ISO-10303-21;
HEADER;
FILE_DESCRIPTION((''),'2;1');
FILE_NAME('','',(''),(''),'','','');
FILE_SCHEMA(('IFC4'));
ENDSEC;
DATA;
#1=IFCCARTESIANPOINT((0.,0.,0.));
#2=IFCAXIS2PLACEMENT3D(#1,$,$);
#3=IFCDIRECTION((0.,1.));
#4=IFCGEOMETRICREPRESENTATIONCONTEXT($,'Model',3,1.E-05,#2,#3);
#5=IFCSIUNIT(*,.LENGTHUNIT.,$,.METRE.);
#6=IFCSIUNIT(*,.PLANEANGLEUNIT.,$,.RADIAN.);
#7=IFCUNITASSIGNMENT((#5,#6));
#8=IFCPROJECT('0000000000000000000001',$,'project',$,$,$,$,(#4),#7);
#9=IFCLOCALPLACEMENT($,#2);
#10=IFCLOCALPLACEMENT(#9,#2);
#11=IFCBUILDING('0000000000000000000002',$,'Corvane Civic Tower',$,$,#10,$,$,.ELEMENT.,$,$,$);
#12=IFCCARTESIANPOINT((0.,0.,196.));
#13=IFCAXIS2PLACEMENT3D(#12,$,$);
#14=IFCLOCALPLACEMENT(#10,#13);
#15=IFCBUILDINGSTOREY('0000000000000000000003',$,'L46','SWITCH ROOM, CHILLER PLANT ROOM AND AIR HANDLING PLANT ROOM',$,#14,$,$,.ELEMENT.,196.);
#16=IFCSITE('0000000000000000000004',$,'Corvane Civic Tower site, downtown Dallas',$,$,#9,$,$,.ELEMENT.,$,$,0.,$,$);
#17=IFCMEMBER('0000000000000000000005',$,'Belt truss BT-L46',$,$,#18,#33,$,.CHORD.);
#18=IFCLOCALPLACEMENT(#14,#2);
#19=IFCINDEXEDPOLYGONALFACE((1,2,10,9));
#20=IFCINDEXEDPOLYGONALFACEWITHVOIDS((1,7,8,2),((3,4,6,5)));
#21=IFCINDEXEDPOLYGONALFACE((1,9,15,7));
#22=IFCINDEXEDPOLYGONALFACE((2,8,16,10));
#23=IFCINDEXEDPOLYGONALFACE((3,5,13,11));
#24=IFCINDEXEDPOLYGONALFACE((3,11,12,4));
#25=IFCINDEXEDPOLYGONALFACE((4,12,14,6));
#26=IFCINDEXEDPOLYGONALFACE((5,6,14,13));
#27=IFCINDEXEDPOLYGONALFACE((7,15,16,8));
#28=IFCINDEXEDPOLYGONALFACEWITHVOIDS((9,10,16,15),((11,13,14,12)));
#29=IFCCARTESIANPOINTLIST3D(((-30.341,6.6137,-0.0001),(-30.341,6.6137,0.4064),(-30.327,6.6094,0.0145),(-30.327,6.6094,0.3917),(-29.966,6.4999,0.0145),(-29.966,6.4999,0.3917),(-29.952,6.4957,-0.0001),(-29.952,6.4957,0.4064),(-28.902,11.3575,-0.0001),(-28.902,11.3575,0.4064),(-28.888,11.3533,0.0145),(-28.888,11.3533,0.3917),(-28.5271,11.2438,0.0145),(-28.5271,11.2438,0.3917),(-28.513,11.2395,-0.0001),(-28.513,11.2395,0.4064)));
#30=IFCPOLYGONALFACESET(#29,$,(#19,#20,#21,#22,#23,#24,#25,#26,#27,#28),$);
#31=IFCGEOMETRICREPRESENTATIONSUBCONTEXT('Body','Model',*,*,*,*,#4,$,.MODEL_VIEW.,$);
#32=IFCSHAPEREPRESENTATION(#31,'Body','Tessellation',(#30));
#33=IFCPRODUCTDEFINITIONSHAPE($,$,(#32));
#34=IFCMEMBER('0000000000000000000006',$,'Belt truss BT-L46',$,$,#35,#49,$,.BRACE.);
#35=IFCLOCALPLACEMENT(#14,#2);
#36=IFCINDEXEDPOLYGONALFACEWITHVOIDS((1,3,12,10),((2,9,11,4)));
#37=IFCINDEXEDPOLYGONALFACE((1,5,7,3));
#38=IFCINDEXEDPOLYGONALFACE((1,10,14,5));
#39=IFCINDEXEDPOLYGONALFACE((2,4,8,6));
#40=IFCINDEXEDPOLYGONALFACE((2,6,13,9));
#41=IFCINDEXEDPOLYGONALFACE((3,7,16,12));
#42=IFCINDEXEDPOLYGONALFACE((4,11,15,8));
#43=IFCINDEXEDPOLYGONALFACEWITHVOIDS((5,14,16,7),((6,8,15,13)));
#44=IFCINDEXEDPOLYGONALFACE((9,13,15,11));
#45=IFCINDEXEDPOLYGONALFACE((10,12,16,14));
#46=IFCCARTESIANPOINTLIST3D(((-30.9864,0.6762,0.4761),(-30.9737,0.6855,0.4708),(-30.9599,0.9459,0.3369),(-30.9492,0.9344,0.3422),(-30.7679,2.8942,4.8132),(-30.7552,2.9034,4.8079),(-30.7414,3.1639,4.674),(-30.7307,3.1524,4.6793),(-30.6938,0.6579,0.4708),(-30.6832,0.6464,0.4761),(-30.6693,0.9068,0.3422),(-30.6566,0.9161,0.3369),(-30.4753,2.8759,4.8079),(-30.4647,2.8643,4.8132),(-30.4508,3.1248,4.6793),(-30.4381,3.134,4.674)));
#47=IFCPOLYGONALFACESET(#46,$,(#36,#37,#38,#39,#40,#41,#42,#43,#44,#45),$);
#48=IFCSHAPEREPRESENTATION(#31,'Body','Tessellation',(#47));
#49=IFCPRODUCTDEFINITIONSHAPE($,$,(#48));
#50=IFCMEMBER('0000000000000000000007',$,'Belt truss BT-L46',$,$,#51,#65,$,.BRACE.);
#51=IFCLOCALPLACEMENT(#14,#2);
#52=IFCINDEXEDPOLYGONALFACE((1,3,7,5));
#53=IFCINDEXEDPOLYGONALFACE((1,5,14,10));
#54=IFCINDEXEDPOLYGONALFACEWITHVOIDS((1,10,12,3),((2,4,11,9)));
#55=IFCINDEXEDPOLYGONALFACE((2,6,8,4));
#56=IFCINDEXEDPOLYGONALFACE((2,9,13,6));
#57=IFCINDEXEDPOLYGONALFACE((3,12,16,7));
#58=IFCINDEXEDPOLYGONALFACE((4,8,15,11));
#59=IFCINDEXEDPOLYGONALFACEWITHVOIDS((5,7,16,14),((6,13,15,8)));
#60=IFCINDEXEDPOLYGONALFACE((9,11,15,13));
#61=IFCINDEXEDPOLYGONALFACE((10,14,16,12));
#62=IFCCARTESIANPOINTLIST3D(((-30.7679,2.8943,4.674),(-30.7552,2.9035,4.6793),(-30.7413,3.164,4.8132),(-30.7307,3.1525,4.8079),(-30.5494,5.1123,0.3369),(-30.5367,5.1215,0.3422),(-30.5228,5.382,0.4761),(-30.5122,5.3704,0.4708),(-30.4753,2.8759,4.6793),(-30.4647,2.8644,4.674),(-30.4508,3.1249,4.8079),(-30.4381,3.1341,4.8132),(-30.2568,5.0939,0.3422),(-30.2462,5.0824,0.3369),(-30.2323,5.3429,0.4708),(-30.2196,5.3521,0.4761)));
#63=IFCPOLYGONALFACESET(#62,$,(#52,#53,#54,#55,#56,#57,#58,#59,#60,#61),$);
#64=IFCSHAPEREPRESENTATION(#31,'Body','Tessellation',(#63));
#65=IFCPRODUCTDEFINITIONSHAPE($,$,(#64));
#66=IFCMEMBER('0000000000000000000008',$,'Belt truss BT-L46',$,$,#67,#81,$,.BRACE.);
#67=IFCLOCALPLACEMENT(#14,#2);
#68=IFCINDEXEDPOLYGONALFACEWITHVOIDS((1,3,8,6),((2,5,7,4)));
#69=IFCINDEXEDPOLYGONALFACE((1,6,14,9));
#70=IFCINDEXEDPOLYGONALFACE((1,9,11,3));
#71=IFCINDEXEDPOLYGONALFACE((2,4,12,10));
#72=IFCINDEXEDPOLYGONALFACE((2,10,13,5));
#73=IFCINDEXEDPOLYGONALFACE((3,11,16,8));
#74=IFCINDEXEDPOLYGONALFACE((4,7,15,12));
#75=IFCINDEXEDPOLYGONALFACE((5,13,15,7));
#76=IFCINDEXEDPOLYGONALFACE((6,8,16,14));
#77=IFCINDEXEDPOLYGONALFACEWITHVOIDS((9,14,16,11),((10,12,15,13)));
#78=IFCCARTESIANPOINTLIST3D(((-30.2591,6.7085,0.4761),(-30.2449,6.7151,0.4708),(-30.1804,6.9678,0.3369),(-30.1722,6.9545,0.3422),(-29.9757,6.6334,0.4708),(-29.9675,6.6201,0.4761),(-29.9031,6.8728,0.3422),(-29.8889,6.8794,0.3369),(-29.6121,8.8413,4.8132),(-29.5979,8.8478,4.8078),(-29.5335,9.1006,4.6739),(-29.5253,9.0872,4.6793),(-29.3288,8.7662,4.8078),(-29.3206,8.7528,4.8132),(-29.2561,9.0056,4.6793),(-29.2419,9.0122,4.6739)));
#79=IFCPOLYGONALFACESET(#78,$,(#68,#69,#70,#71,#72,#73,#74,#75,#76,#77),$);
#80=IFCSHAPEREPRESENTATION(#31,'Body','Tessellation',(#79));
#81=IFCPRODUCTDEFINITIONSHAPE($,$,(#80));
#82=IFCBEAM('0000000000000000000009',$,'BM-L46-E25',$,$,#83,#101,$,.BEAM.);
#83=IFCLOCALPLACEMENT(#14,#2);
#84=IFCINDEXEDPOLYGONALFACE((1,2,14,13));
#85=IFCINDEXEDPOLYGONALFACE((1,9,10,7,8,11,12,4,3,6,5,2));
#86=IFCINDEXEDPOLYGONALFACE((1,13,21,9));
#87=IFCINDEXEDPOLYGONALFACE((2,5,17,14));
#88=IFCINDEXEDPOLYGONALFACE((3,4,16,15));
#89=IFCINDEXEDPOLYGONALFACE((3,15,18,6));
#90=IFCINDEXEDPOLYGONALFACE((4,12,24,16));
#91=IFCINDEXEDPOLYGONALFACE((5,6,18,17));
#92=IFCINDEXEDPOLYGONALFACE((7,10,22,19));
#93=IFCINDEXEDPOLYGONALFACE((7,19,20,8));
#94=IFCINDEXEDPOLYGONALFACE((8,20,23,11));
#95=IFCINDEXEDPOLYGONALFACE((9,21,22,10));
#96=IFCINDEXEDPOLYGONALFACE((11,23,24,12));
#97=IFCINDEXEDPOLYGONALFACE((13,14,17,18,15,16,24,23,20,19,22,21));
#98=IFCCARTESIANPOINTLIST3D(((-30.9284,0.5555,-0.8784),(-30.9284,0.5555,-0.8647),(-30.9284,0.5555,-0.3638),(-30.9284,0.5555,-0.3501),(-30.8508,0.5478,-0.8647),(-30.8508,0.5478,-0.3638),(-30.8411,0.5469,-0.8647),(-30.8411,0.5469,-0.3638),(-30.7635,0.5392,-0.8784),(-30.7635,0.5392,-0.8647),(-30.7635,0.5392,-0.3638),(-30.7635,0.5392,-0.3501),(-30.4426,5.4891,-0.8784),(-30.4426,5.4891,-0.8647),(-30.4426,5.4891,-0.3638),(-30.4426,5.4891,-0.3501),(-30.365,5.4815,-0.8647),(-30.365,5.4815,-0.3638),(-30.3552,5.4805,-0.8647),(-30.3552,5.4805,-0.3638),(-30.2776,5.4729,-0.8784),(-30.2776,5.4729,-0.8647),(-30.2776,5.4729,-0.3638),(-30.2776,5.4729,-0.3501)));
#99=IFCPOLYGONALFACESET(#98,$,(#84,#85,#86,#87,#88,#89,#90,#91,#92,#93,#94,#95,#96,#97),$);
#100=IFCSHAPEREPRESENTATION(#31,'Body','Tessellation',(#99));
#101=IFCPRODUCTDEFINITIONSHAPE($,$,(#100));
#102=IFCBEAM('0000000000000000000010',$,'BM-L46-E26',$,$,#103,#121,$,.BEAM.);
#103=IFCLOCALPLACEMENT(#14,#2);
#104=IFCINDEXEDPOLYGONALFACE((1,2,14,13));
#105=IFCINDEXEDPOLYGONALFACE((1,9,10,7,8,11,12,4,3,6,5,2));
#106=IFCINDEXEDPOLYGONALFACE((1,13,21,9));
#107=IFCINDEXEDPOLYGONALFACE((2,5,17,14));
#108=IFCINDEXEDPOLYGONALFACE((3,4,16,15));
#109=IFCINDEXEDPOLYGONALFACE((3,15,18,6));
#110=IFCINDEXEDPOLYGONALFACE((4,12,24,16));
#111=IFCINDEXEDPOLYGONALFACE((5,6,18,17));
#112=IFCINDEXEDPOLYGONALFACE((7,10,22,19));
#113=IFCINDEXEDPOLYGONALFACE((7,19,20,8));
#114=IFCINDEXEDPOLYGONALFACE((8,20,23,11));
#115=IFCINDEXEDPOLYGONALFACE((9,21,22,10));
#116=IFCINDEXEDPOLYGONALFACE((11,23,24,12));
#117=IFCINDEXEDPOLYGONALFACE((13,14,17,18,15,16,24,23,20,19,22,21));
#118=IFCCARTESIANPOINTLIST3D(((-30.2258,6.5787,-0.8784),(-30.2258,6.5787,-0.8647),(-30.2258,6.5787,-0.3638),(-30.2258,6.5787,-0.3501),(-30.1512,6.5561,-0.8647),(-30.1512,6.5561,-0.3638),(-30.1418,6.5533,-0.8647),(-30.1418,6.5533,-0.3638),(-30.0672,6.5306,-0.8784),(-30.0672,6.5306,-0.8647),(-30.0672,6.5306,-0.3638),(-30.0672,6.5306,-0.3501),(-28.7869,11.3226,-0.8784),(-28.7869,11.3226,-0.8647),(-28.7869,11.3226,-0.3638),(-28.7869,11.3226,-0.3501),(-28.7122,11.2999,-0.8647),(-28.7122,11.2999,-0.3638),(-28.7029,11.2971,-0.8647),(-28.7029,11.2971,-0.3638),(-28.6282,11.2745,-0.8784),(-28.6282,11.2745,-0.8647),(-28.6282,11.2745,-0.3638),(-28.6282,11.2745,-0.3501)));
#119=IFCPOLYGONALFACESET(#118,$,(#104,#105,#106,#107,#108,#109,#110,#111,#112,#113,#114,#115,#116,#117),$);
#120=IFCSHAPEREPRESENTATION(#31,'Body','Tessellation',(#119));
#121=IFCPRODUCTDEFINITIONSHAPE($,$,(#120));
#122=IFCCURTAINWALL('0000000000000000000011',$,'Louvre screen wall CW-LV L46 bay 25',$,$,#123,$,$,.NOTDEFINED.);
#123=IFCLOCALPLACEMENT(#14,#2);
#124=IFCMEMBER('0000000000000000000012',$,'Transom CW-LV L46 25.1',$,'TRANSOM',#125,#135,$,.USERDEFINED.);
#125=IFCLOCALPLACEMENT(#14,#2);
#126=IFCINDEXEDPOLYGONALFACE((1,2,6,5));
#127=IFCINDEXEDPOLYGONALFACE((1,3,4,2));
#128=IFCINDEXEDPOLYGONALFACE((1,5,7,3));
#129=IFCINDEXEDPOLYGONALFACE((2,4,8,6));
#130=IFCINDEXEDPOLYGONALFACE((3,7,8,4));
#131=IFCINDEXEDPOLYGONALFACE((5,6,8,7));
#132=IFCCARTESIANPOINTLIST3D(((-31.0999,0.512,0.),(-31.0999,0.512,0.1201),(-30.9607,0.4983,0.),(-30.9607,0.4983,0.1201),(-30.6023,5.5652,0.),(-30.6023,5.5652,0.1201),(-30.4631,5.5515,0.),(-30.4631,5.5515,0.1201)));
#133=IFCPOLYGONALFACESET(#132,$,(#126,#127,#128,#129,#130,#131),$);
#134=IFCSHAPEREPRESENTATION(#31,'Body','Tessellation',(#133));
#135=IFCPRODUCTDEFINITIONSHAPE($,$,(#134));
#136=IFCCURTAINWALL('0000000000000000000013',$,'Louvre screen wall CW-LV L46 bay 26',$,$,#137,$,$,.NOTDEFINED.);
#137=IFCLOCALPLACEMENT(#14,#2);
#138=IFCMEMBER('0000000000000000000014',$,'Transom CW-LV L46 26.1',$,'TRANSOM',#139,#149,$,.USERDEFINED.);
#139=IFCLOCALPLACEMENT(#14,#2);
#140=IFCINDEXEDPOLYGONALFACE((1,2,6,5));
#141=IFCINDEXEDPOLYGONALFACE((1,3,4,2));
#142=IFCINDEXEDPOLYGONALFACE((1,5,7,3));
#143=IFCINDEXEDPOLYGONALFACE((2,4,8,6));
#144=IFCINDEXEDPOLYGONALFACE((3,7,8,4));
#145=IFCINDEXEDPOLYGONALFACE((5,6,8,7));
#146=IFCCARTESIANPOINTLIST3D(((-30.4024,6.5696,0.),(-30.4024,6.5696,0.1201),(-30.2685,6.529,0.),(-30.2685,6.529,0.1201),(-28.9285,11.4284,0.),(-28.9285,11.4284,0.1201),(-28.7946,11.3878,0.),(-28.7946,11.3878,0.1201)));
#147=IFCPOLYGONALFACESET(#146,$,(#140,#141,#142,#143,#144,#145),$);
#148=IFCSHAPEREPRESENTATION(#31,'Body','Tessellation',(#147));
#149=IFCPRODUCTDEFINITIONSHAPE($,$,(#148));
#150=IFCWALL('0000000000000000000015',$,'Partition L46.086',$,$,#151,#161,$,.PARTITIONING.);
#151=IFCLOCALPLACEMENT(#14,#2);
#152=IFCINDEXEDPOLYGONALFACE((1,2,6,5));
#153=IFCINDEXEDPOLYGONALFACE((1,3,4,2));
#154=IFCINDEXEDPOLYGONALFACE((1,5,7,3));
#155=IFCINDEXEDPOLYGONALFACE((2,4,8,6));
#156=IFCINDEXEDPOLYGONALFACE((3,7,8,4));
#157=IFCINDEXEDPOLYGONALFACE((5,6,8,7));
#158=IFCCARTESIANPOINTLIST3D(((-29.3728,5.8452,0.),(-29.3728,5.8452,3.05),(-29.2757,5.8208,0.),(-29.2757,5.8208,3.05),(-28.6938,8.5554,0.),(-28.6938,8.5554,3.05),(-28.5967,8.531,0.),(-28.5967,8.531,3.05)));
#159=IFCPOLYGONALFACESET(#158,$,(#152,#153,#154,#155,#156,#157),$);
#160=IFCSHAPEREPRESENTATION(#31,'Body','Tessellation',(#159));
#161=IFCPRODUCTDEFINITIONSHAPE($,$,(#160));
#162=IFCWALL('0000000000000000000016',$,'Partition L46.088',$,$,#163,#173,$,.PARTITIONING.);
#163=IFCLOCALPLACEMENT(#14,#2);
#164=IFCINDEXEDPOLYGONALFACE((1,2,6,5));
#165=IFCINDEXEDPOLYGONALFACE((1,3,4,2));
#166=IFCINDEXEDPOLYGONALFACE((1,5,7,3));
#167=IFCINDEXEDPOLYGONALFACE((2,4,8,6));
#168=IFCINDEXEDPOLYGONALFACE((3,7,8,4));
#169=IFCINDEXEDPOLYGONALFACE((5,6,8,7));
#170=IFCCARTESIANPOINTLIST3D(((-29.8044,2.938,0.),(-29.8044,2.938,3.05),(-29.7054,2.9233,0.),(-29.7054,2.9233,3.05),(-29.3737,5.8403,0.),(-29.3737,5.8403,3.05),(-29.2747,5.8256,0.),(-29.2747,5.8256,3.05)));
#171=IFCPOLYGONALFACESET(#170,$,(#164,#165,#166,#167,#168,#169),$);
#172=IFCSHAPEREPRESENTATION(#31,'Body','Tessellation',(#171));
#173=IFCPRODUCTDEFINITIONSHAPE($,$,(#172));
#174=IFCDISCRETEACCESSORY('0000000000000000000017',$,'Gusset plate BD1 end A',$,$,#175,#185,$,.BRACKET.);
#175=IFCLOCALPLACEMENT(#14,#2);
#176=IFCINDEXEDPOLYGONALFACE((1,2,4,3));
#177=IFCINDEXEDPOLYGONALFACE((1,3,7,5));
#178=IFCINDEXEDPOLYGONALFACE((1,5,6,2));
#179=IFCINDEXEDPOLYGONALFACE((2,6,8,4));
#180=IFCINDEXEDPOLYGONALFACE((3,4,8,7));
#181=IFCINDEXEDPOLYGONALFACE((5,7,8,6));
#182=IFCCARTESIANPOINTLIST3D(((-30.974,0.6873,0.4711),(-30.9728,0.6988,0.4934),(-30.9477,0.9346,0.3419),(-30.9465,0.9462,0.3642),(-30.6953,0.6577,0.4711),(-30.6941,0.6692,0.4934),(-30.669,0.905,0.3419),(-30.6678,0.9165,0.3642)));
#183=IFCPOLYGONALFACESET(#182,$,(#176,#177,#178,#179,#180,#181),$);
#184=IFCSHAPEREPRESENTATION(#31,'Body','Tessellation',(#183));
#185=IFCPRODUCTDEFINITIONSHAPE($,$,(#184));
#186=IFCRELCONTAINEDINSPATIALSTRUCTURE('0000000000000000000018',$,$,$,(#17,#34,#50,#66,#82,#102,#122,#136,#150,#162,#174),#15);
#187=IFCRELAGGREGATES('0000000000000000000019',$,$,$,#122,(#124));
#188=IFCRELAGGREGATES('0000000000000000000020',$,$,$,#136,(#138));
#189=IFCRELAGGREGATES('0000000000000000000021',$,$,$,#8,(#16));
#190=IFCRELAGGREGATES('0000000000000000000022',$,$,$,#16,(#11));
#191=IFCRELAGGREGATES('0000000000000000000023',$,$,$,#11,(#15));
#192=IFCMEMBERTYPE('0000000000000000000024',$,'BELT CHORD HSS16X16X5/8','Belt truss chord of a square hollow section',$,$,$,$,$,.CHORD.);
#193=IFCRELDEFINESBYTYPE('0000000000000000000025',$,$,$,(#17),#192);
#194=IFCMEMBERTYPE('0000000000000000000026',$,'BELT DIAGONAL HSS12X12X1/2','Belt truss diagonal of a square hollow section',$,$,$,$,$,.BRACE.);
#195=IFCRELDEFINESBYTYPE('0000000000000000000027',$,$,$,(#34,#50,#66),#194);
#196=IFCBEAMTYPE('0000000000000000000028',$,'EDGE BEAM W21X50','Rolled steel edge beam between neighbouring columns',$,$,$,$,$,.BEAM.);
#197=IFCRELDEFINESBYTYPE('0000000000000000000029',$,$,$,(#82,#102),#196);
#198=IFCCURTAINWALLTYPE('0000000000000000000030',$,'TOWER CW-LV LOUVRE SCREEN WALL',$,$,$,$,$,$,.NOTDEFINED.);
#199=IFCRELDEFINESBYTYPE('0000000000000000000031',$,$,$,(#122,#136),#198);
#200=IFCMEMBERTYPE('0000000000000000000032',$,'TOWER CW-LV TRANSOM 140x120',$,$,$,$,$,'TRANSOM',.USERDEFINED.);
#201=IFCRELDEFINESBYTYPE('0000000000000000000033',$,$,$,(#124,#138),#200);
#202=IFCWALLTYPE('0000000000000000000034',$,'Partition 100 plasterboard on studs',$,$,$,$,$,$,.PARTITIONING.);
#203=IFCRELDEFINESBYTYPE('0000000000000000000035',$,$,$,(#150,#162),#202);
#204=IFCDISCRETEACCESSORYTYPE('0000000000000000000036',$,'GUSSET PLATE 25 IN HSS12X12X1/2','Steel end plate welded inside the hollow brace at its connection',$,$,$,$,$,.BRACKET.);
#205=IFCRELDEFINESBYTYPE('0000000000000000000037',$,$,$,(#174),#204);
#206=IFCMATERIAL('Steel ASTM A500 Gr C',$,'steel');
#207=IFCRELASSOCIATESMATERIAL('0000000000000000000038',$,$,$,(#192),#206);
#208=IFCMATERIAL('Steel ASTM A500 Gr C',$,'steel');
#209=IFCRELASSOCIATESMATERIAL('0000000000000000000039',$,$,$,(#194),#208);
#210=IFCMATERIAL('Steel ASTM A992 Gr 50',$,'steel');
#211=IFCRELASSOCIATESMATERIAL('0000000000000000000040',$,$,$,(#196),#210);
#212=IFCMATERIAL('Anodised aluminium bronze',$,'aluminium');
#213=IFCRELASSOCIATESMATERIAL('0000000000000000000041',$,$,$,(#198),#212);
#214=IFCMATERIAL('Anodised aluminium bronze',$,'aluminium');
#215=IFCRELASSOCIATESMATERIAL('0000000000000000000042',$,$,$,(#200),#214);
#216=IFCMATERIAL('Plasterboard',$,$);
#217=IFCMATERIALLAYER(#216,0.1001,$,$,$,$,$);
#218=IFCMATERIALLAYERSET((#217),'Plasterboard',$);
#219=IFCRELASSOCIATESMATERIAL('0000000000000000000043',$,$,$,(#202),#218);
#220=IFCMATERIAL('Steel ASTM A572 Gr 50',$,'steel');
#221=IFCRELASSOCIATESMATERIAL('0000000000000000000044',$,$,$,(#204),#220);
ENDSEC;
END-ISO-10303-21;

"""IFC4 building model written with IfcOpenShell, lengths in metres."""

from ifc_helpers import new_model, si_unit, direction, frame, frame_2d, origin, origin_2d, place, context, subcontext, project, spatial, rectangle, hollow_rectangle, i_section, extrude, material, layer, layer_set, material_profile, profile_set, type_object, element, aggregate, save


model = new_model("IFC4")

# Units and contexts
model_context = context("Model", 3, precision=1e-05, world=origin(), true_north=direction((0.0, 1.0)))
body_context = subcontext(model_context, "Body", "Model", "MODEL_VIEW")
ifc_project = project(units=[si_unit("LENGTHUNIT", "METRE"), si_unit("PLANEANGLEUNIT", "RADIAN")], contexts=[model_context])

# Site, building, storey
site_placement = place(None, origin())
site = spatial("IfcSite", under=ifc_project, at=site_placement, Name="Corvane Civic Tower site, downtown Dallas", CompositionType="ELEMENT", RefElevation=0.0)
building_placement = place(site_placement, origin())
building = spatial("IfcBuilding", under=site, at=building_placement, Name="Corvane Civic Tower", CompositionType="ELEMENT")
storey_placement = place(building_placement, frame((0.0, 0.0, 196.0)))
storey = spatial("IfcBuildingStorey", under=building, at=storey_placement, Name="L46", Description="SWITCH ROOM, CHILLER PLANT ROOM AND AIR HANDLING PLANT ROOM", CompositionType="ELEMENT", Elevation=196.0)

# Members
ifc_material_1 = material(Name="Steel ASTM A500 Gr C", Category="steel")
ifc_material_profile_1 = material_profile(ifc_material_1, hollow_rectangle(XDim=0.4065, YDim=0.4065, WallThickness=0.0146, at=origin_2d()), Name="HSS16X16X5/8")
ifc_profile_set_1 = profile_set([ifc_material_profile_1], Name="Steel ASTM A500 Gr C")
member_type_1 = type_object("IfcMemberType", Name="BELT CHORD HSS16X16X5/8", Description="Belt truss chord of a square hollow section", PredefinedType="CHORD", material=ifc_profile_set_1)
for number, where, z_axis, x_axis, name in (
    (1, (-30.1465, 6.5547, 0.2031), (0.29027, 0.956945, 0.0), (-0.956945, 0.29027, 0.0), "Belt truss BT-L46"),
):
    element("IfcMember", number, at=place(storey_placement, frame(where, z_axis=z_axis, x_axis=x_axis)), inside=storey, type_object=member_type_1, Name=name, PredefinedType="CHORD", context=body_context, shape_type="SweptSolid", body=[
        extrude(hollow_rectangle(XDim=0.4065, YDim=0.4065, WallThickness=0.0146, at=origin_2d()), origin(), (0.0, 0.0, 1.0), 4.9573),
    ])
ifc_material_2 = material(Name="Steel ASTM A500 Gr C", Category="steel")
ifc_material_profile_2 = material_profile(ifc_material_2, hollow_rectangle(XDim=0.3047, YDim=0.3047, WallThickness=0.0117, at=origin_2d()), Name="HSS12X12X1/2")
ifc_profile_set_2 = profile_set([ifc_material_profile_2], Name="Steel ASTM A500 Gr C")
member_type_2 = type_object("IfcMemberType", Name="BELT DIAGONAL HSS12X12X1/2", Description="Belt truss diagonal of a square hollow section", PredefinedType="BRACE", material=ifc_profile_set_2)
for number, where, z_axis, x_axis, name in (
    (2, (-30.8215, 0.7961, 0.4065), (0.04481, 0.454857, 0.889437), (-0.995183, 0.098039, 0.0), "Belt truss BT-L46"),
    (3, (-30.3845, 5.2322, 0.4065), (-0.04481, -0.454857, 0.889437), (0.995183, -0.098039, 0.0), "Belt truss BT-L46"),
    (4, (-30.074, 6.7939, 0.4065), (0.132677, 0.437382, 0.889434), (-0.956941, 0.290281, 0.0), "Belt truss BT-L46"),
):
    element("IfcMember", number, at=place(storey_placement, frame(where, z_axis=z_axis, x_axis=x_axis)), inside=storey, type_object=member_type_2, Name=name, PredefinedType="BRACE", context=body_context, shape_type="SweptSolid", body=[
        extrude(hollow_rectangle(XDim=0.3047, YDim=0.3047, WallThickness=0.0117, at=origin_2d()), origin(), (0.0, 0.0, 1.0), 4.8762),
    ])

# Beams
ifc_material_3 = material(Name="Steel ASTM A992 Gr 50", Category="steel")
ifc_material_profile_3 = material_profile(ifc_material_3, i_section(OverallWidth=0.1658, OverallDepth=0.5283, WebThickness=0.0098, FlangeThickness=0.0137, at=origin_2d()), Name="W21X50")
ifc_profile_set_3 = profile_set([ifc_material_profile_3], Name="Steel ASTM A992 Gr 50")
beam_type = type_object("IfcBeamType", Name="EDGE BEAM W21X50", Description="Rolled steel edge beam between neighbouring columns", PredefinedType="BEAM", material=ifc_profile_set_3)
beam_1_placement = place(storey_placement, frame((-30.8459, 0.5474, -0.6143), z_axis=(0.098002, 0.995186, 0.0), x_axis=(-0.995186, 0.098002, 0.0)))
element("IfcBeam", 5, at=beam_1_placement, inside=storey, type_object=beam_type, Name="BM-L46-E25", PredefinedType="BEAM", context=body_context, shape_type="SweptSolid", body=[
    extrude(i_section(OverallWidth=0.1658, OverallDepth=0.5283, WebThickness=0.0098, FlangeThickness=0.0137, at=origin_2d()), origin(), (0.0, 0.0, 1.0), 4.9575),
])
beam_2_placement = place(storey_placement, frame((-30.1465, 6.5547, -0.6143), z_axis=(0.29027, 0.956945, 0.0), x_axis=(-0.956945, 0.29027, 0.0)))
element("IfcBeam", 6, at=beam_2_placement, inside=storey, type_object=beam_type, Name="BM-L46-E26", PredefinedType="BEAM", context=body_context, shape_type="SweptSolid", body=[
    extrude(i_section(OverallWidth=0.1658, OverallDepth=0.5283, WebThickness=0.0098, FlangeThickness=0.0137, at=origin_2d()), origin(), (0.0, 0.0, 1.0), 4.9573),
])

# Curtain walls, members
ifc_material_4 = material(Name="Anodised aluminium bronze", Category="aluminium")
curtain_wall_type = type_object("IfcCurtainWallType", Name="TOWER CW-LV LOUVRE SCREEN WALL", PredefinedType="NOTDEFINED", material=ifc_material_4)
curtain_wall_1_placement = place(storey_placement, origin())
curtain_wall_1 = element("IfcCurtainWall", 7, at=curtain_wall_1_placement, inside=storey, type_object=curtain_wall_type, Name="Louvre screen wall CW-LV L46 bay 25", PredefinedType="NOTDEFINED")
ifc_material_5 = material(Name="Anodised aluminium bronze", Category="aluminium")
ifc_material_profile_4 = material_profile(ifc_material_5, rectangle(XDim=0.1399, YDim=0.1201, at=origin_2d()), Name="TOWER CW-LV TRANSOM 140x120")
ifc_profile_set_4 = profile_set([ifc_material_profile_4], Name="Anodised aluminium bronze")
member_type_3 = type_object("IfcMemberType", Name="TOWER CW-LV TRANSOM 140x120", ElementType="TRANSOM", PredefinedType="USERDEFINED", material=ifc_profile_set_4)
member_1_placement = place(storey_placement, frame((-31.0303, 0.5051, 0.0601), z_axis=(0.09799, 0.995187, 0.0), x_axis=(-0.995187, 0.09799, 0.0)))
member_1 = element("IfcMember", 8, at=member_1_placement, type_object=member_type_3, Name="Transom CW-LV L46 25.1", ObjectType="TRANSOM", PredefinedType="USERDEFINED", context=body_context, shape_type="SweptSolid", body=[
    extrude(rectangle(XDim=0.1399, YDim=0.1201, at=origin_2d()), origin(), (0.0, 0.0, 1.0), 5.0776),
])
curtain_wall_2_placement = place(storey_placement, origin())
curtain_wall_2 = element("IfcCurtainWall", 9, at=curtain_wall_2_placement, inside=storey, type_object=curtain_wall_type, Name="Louvre screen wall CW-LV L46 bay 26", PredefinedType="NOTDEFINED")
member_2_placement = place(storey_placement, frame((-30.3354, 6.5493, 0.0601), z_axis=(0.290289, 0.956939, 0.0), x_axis=(-0.956939, 0.290289, 0.0)))
member_2 = element("IfcMember", 10, at=member_2_placement, type_object=member_type_3, Name="Transom CW-LV L46 26.1", ObjectType="TRANSOM", PredefinedType="USERDEFINED", context=body_context, shape_type="SweptSolid", body=[
    extrude(rectangle(XDim=0.1399, YDim=0.1201, at=origin_2d()), origin(), (0.0, 0.0, 1.0), 5.0774),
])

# Walls
ifc_material_6 = material(Name="Plasterboard")
ifc_layer = layer(ifc_material_6, 0.1001)
ifc_layer_set = layer_set([ifc_layer], Name="Plasterboard")
wall_type = type_object("IfcWallType", Name="Partition 100 plasterboard on studs", PredefinedType="PARTITIONING", material=ifc_layer_set)
wall_1_placement = place(storey_placement, frame((-29.3242, 5.833, 0.0), z_axis=(0.0, 0.0, 1.0), x_axis=(0.243008, 0.970024, 0.0)))
element("IfcWall", 11, at=wall_1_placement, inside=storey, type_object=wall_type, Name="Partition L46.086", PredefinedType="PARTITIONING", context=body_context, shape_type="SweptSolid", body=[
    extrude(rectangle(XDim=2.7939, YDim=0.1001, at=frame_2d((1.397, 0.0))), origin(), (0.0, 0.0, 1.0), 3.05),
])
wall_2_placement = place(storey_placement, frame((-29.7549, 2.9307, 0.0), z_axis=(0.0, 0.0, 1.0), x_axis=(0.146778, 0.989169, 0.0)))
element("IfcWall", 12, at=wall_2_placement, inside=storey, type_object=wall_type, Name="Partition L46.088", PredefinedType="PARTITIONING", context=body_context, shape_type="SweptSolid", body=[
    extrude(rectangle(XDim=2.9341, YDim=0.1001, at=frame_2d((1.467, 0.0))), origin(), (0.0, 0.0, 1.0), 3.05),
])

aggregate(curtain_wall_1, [member_1])
aggregate(curtain_wall_2, [member_2])

# Discrete accessory
ifc_material_7 = material(Name="Steel ASTM A572 Gr 50", Category="steel")
ifc_material_profile_5 = material_profile(ifc_material_7, rectangle(XDim=0.2803, YDim=0.2803, at=origin_2d()), Name="GUSSET PLATE 25 IN HSS12X12X1/2")
ifc_profile_set_5 = profile_set([ifc_material_profile_5], Name="Steel ASTM A572 Gr 50")
discrete_accessory_type = type_object("IfcDiscreteAccessoryType", Name="GUSSET PLATE 25 IN HSS12X12X1/2", Description="Steel end plate welded inside the hollow brace at its connection", PredefinedType="BRACKET", material=ifc_profile_set_5)
for number, where, z_axis, x_axis, name in (
    (13, (-30.8215, 0.7961, 0.4065), (0.04876, 0.458346, 0.887435), (-0.994389, 0.105786, 0.0), "Gusset plate BD1 end A"),
):
    element("IfcDiscreteAccessory", number, at=place(storey_placement, frame(where, z_axis=z_axis, x_axis=x_axis)), inside=storey, type_object=discrete_accessory_type, Name=name, PredefinedType="BRACKET", context=body_context, shape_type="SweptSolid", body=[
        extrude(rectangle(XDim=0.2803, YDim=0.2803, at=origin_2d()), origin(), (0.0, 0.0, 1.0), 0.0251),
    ])

save(model, "model.ifc")
